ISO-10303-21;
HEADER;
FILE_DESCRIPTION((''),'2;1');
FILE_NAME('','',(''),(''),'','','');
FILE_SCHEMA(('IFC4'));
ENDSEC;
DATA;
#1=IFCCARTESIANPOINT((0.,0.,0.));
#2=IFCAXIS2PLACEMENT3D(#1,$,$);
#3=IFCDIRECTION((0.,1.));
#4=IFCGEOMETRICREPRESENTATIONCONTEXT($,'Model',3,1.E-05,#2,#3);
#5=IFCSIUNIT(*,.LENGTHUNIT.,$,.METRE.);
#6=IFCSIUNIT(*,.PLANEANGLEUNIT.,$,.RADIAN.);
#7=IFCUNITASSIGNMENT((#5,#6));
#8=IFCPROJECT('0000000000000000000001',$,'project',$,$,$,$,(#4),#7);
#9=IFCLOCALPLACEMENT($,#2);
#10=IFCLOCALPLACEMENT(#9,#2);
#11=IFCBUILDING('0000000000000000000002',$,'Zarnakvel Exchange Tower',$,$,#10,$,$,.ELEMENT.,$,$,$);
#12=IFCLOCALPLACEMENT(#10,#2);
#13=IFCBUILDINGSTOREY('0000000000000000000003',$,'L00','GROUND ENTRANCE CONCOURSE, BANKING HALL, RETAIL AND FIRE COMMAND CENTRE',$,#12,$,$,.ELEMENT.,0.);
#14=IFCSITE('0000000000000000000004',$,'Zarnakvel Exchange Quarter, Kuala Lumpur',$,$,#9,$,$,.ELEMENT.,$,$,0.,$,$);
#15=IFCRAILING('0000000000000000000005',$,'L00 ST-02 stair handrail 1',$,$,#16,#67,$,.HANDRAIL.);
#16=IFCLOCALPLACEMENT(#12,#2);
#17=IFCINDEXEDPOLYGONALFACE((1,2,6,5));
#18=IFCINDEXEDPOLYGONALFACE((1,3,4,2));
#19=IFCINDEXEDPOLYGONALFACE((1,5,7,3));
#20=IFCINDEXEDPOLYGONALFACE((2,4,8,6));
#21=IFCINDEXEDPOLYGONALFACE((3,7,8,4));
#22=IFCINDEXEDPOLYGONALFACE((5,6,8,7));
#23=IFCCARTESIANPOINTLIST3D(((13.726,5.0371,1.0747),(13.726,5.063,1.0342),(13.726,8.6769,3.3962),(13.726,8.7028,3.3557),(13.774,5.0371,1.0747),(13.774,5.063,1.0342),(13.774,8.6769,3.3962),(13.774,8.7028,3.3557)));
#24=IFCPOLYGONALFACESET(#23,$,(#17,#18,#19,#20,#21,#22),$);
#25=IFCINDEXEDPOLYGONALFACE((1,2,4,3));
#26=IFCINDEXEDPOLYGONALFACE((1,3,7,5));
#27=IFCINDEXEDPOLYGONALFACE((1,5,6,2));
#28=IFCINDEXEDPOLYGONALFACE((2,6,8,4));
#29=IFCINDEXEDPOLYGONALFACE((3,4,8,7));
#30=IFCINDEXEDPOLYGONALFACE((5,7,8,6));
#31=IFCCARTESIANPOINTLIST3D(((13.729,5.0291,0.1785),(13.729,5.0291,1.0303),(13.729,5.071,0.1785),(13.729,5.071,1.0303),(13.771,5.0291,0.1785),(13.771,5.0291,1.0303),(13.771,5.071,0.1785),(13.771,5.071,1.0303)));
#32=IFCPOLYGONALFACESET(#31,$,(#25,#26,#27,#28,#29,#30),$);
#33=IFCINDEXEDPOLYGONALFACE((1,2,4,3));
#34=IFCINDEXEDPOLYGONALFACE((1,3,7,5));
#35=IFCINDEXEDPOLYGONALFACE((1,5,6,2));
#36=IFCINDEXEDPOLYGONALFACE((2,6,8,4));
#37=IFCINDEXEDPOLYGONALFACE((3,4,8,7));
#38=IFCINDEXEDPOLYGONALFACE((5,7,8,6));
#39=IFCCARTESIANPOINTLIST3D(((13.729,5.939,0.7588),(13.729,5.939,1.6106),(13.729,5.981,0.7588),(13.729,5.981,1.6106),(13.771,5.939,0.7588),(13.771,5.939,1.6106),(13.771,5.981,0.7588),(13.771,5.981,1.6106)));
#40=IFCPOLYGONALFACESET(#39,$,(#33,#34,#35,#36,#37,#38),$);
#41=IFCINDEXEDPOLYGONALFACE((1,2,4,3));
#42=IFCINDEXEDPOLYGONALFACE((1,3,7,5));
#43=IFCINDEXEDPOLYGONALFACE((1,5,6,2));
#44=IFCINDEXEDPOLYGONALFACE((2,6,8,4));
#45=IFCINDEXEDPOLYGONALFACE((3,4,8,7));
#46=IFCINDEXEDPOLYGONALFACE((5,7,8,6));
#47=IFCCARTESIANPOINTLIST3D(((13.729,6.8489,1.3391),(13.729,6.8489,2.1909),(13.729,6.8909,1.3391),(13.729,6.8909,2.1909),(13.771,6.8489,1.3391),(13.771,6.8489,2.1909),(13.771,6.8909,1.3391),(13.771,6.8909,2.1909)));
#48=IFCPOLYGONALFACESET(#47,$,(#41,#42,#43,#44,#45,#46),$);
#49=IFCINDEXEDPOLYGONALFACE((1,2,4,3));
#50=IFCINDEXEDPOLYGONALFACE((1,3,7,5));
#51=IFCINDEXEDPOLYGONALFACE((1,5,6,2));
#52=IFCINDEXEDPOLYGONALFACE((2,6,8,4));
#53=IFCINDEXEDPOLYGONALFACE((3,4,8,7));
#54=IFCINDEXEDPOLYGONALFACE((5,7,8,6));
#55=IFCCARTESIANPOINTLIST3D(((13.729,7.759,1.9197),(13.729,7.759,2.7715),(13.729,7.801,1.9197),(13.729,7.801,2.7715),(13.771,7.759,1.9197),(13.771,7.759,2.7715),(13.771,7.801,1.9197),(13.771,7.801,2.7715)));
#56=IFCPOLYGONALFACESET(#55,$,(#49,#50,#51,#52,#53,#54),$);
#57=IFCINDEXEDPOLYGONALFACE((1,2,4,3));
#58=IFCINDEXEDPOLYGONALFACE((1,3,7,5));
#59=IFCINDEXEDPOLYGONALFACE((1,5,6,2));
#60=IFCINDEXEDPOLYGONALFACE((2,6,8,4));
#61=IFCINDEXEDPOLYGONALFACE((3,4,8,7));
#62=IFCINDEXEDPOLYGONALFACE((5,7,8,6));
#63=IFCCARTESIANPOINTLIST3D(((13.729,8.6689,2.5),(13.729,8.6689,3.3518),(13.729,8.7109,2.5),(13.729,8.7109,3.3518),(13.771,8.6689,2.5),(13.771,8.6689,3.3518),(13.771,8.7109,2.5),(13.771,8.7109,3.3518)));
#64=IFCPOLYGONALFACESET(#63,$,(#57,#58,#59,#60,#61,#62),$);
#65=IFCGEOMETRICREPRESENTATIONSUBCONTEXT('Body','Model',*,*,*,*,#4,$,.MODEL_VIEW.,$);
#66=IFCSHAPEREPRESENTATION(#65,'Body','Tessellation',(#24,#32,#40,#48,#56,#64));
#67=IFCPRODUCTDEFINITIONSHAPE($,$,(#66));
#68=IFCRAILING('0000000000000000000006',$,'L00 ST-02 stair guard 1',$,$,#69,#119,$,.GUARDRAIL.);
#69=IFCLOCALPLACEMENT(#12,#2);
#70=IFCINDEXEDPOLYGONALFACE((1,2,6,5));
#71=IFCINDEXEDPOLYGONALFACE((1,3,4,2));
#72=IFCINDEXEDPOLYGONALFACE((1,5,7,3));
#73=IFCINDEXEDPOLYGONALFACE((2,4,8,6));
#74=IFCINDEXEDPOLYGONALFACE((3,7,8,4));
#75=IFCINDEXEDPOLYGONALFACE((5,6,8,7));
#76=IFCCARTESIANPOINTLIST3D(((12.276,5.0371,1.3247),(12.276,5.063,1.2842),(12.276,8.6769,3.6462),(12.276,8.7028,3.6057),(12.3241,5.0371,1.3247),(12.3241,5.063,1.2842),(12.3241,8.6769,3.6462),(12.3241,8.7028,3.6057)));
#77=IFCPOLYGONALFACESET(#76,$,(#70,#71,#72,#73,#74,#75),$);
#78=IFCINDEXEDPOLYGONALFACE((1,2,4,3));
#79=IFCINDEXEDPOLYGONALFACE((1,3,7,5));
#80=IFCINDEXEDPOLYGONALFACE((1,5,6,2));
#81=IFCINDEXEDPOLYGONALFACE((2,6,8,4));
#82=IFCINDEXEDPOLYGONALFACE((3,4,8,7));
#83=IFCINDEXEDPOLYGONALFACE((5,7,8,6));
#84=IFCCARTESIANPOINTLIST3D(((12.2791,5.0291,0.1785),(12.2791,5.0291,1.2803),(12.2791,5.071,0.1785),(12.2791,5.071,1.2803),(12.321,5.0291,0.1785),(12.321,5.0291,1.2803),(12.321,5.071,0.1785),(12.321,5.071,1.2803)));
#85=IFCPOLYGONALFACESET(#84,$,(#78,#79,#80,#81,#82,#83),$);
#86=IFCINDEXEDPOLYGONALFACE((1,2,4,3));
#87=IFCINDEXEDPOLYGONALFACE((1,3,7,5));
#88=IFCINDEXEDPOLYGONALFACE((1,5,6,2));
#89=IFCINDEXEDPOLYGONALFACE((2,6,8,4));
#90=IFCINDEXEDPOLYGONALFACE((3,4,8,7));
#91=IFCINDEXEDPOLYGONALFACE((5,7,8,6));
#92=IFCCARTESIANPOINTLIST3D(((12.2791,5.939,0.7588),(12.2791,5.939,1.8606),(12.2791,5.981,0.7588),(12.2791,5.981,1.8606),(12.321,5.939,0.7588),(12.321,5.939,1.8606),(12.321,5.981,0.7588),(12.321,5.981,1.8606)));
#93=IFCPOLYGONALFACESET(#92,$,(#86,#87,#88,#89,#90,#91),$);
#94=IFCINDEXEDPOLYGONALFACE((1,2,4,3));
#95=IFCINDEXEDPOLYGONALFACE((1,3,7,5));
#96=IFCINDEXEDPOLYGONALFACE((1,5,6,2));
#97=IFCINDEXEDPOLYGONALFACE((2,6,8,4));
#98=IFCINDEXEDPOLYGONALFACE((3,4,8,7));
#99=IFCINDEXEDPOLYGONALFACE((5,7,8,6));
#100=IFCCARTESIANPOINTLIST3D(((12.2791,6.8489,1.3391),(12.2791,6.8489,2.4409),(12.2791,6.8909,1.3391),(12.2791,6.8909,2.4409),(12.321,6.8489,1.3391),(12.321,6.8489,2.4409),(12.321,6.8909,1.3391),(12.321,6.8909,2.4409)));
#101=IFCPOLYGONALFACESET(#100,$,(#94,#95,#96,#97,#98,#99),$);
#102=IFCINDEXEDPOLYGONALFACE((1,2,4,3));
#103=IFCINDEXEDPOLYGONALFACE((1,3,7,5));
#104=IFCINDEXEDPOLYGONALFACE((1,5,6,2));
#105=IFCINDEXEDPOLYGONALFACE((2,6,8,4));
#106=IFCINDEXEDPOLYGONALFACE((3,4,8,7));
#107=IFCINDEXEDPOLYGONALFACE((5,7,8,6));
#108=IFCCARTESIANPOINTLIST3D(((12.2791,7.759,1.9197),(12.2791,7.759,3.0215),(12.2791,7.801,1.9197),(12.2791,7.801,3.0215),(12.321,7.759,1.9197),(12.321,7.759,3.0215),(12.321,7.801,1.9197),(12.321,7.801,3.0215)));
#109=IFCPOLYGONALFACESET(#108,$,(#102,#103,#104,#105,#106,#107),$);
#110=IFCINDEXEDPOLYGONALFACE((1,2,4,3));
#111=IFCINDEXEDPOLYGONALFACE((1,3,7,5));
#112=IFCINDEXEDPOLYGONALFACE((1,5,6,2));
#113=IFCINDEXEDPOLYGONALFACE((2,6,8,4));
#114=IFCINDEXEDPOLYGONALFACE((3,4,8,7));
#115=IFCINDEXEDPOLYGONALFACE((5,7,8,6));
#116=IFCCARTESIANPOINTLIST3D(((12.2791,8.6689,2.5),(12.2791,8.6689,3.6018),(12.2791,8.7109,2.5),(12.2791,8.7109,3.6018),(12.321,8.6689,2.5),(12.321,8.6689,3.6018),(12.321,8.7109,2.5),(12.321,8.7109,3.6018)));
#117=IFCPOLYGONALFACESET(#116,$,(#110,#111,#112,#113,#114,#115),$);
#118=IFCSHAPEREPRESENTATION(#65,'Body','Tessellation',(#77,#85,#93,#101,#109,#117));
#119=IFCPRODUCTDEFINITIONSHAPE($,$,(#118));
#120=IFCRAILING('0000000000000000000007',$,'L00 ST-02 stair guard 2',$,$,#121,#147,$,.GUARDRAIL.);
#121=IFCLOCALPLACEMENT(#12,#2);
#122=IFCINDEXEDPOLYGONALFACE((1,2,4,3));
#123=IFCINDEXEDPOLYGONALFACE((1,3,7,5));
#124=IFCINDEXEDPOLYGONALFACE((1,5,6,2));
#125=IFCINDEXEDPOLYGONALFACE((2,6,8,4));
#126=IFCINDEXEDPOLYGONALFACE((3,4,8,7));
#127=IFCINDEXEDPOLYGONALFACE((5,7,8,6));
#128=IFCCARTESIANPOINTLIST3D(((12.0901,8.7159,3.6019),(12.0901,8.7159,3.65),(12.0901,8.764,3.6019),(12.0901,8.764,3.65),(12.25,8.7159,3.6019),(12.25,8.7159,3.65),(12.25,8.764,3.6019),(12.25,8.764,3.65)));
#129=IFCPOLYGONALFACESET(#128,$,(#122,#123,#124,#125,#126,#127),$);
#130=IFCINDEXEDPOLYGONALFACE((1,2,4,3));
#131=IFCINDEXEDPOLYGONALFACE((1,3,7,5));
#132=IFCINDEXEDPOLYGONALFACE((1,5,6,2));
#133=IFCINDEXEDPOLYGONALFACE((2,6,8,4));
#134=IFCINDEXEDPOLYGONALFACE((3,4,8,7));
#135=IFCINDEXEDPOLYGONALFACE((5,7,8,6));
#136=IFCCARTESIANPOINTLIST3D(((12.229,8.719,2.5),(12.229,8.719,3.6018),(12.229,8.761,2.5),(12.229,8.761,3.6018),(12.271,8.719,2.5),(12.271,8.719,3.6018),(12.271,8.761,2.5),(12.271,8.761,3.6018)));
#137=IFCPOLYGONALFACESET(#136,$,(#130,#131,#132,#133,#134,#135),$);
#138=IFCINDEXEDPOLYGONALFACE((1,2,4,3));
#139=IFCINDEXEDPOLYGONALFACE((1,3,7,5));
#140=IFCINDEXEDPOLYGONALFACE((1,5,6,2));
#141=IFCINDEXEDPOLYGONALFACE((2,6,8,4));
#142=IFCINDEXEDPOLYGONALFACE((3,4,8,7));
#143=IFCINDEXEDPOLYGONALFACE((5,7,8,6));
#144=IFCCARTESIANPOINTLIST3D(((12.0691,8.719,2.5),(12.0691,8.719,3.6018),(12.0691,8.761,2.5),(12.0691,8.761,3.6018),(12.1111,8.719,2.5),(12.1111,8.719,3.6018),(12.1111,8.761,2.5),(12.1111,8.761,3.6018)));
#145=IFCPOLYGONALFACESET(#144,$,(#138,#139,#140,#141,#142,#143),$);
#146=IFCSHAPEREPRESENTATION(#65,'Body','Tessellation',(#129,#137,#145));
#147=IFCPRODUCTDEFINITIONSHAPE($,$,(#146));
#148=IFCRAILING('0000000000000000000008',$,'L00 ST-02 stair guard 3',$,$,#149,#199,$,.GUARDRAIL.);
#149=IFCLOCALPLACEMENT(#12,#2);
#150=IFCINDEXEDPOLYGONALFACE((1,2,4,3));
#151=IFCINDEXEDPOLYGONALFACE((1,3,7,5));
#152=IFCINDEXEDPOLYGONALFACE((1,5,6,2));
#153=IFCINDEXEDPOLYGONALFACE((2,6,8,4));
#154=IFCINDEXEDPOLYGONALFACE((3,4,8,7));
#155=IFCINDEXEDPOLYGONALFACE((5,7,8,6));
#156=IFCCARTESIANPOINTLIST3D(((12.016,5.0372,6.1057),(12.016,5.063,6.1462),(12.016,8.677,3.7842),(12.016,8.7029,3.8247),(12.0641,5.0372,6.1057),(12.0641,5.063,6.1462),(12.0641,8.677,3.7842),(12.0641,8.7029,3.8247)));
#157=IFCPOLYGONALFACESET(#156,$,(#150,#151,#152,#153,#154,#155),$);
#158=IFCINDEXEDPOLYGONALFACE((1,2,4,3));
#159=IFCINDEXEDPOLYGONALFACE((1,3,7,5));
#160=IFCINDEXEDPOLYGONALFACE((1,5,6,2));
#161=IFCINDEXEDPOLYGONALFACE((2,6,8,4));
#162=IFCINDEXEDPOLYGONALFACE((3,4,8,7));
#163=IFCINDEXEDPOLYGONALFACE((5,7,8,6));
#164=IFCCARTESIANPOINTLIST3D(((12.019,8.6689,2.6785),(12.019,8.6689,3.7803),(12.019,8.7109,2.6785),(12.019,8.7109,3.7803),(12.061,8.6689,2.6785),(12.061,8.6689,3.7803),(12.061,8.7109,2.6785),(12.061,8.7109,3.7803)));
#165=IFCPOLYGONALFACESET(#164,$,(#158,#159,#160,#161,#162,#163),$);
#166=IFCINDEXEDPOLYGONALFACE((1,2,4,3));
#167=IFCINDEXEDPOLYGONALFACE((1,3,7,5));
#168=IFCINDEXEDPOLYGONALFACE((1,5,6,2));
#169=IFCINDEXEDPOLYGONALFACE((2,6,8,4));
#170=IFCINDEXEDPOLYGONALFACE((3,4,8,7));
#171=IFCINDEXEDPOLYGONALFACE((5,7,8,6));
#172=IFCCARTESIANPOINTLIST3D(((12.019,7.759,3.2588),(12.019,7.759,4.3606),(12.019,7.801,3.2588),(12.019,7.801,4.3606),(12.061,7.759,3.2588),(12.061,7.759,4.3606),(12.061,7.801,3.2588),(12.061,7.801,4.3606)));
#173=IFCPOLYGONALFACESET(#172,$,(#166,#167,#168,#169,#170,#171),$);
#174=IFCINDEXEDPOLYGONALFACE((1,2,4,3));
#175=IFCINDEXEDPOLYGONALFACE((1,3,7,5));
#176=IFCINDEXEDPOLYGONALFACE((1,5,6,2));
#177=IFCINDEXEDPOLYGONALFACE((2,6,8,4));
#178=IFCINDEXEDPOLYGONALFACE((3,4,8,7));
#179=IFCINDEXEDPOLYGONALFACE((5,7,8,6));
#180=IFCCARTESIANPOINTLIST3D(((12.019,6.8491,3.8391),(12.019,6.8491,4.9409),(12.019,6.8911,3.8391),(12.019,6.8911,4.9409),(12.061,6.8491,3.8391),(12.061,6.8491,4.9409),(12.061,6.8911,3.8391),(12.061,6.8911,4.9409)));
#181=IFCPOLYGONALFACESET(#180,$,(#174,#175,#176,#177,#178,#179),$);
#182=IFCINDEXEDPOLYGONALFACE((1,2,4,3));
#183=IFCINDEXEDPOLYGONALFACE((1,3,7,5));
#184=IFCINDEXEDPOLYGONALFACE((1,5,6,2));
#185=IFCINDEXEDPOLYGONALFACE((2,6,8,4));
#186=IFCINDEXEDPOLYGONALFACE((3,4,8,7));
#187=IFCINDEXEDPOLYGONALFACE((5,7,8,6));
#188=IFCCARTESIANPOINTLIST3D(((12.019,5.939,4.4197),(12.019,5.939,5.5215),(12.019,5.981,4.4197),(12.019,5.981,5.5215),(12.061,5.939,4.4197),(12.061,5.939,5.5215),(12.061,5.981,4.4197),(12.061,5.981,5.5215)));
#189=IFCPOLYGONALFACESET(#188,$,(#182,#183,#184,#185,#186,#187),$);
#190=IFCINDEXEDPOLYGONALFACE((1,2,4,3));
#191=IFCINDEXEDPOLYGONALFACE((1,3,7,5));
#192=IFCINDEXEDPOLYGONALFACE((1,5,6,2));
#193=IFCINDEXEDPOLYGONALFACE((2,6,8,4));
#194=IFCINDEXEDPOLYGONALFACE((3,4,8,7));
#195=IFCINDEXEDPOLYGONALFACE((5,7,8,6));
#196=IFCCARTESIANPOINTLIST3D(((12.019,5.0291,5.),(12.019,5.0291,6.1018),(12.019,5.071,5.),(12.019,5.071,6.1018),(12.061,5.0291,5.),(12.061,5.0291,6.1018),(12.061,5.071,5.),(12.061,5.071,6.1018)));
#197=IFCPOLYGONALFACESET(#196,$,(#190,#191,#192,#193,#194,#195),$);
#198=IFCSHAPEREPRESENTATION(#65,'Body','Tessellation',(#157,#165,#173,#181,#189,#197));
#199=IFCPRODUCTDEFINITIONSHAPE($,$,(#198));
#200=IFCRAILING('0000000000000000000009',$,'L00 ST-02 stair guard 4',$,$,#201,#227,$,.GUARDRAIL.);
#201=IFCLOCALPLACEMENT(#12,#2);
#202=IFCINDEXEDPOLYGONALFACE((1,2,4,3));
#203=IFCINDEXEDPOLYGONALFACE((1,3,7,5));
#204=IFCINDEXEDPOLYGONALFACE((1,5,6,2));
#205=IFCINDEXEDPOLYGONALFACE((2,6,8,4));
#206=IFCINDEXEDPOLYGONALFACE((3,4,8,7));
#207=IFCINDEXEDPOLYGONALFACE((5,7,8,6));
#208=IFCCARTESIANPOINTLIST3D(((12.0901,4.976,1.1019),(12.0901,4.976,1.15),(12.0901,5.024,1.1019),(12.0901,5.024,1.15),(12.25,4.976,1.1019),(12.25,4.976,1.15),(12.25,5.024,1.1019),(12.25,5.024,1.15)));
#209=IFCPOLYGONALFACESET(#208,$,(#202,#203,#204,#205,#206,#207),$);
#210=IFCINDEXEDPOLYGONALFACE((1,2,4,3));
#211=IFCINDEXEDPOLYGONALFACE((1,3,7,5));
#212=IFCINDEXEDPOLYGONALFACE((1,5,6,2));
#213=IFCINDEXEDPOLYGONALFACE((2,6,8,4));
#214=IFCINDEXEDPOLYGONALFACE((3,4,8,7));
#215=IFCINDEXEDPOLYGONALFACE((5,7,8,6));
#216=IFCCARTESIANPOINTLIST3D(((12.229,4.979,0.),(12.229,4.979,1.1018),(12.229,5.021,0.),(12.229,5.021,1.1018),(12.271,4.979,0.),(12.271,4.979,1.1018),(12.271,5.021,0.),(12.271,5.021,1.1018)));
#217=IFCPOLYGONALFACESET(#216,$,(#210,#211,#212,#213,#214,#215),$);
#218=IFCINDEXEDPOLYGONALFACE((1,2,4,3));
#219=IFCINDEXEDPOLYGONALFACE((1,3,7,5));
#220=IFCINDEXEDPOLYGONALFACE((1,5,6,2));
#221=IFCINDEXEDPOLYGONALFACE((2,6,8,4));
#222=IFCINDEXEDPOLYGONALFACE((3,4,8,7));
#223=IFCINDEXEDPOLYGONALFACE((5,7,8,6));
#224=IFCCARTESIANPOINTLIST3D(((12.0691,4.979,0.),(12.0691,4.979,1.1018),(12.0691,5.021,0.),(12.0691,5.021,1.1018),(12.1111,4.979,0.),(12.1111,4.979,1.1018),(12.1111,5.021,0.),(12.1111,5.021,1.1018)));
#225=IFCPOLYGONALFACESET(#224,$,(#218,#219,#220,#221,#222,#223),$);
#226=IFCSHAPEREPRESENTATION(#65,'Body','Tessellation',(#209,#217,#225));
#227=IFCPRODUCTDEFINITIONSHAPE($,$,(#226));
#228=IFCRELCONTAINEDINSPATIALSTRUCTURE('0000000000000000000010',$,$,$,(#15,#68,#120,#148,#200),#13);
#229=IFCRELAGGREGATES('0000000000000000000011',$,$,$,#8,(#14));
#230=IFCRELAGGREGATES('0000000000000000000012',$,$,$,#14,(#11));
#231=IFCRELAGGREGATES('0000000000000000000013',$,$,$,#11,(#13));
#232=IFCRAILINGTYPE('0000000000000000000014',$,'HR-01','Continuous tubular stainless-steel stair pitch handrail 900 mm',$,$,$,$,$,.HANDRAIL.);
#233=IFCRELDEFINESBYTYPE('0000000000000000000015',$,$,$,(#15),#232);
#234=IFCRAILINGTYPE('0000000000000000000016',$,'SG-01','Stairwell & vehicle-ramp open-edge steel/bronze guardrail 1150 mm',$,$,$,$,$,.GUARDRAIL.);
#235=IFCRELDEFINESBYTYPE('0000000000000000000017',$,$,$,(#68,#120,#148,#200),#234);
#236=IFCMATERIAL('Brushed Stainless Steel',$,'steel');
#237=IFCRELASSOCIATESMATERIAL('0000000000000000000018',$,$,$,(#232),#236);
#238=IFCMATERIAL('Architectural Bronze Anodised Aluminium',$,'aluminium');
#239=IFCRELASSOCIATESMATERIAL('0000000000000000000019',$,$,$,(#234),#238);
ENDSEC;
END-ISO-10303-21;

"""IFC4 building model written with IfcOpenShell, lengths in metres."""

from ifc_helpers import new_model, si_unit, direction, frame, origin, origin_2d, place, context, subcontext, project, spatial, rectangle, extrude, material, type_object, element, save


model = new_model("IFC4")

# Units and contexts
model_context = context("Model", 3, precision=1e-05, world=origin(), true_north=direction((0.0, 1.0)))
body_context = subcontext(model_context, "Body", "Model", "MODEL_VIEW")
ifc_project = project(units=[si_unit("LENGTHUNIT", "METRE"), si_unit("PLANEANGLEUNIT", "RADIAN")], contexts=[model_context])

# Site, building, storey
site_placement = place(None, origin())
site = spatial("IfcSite", under=ifc_project, at=site_placement, Name="Zarnakvel Exchange Quarter, Kuala Lumpur", CompositionType="ELEMENT", RefElevation=0.0)
building_placement = place(site_placement, origin())
building = spatial("IfcBuilding", under=site, at=building_placement, Name="Zarnakvel Exchange Tower", CompositionType="ELEMENT")
storey_placement = place(building_placement, origin())
storey = spatial("IfcBuildingStorey", under=building, at=storey_placement, Name="L00", Description="GROUND ENTRANCE CONCOURSE, BANKING HALL, RETAIL AND FIRE COMMAND CENTRE", CompositionType="ELEMENT", Elevation=0.0)

# Shared definitions
ifc_material_1 = material(Name="Architectural Bronze Anodised Aluminium", Category="aluminium")

# Railings
ifc_material_2 = material(Name="Brushed Stainless Steel", Category="steel")
railing_type_1 = type_object("IfcRailingType", Name="HR-01", Description="Continuous tubular stainless-steel stair pitch handrail 900 mm", PredefinedType="HANDRAIL", material=ifc_material_2)
railing_1_placement = place(storey_placement, frame((13.75, 5.05, 0.1785)))
element("IfcRailing", 1, at=railing_1_placement, inside=storey, type_object=railing_type_1, Name="L00 ST-02 stair handrail 1", PredefinedType="HANDRAIL", context=body_context, shape_type="SweptSolid", body=[
    extrude(rectangle(XDim=0.0481, YDim=0.0481, at=origin_2d()), frame((0.0, 0.0, 0.876), z_axis=(0.0, 0.843112, 0.537739), x_axis=(-1.0, 0.0, 0.0)), (0.0, 0.0, 1.0), 4.3171),
    extrude(rectangle(XDim=0.042, YDim=0.042, at=origin_2d()), origin(), (0.0, 0.0, 1.0), 0.8518),
    extrude(rectangle(XDim=0.042, YDim=0.042, at=origin_2d()), frame((0.0, 0.9099, 0.5803)), (0.0, 0.0, 1.0), 0.8518),
    extrude(rectangle(XDim=0.042, YDim=0.042, at=origin_2d()), frame((0.0, 1.8198, 1.1606)), (0.0, 0.0, 1.0), 0.8518),
    extrude(rectangle(XDim=0.042, YDim=0.042, at=origin_2d()), frame((0.0, 2.73, 1.7412)), (0.0, 0.0, 1.0), 0.8518),
    extrude(rectangle(XDim=0.042, YDim=0.042, at=origin_2d()), frame((0.0, 3.6399, 2.3215)), (0.0, 0.0, 1.0), 0.8518),
])
railing_type_2 = type_object("IfcRailingType", Name="SG-01", Description="Stairwell & vehicle-ramp open-edge steel/bronze guardrail 1150 mm", PredefinedType="GUARDRAIL", material=ifc_material_1)
railing_2_placement = place(storey_placement, frame((12.3, 5.05, 0.1785)))
element("IfcRailing", 2, at=railing_2_placement, inside=storey, type_object=railing_type_2, Name="L00 ST-02 stair guard 1", PredefinedType="GUARDRAIL", context=body_context, shape_type="SweptSolid", body=[
    extrude(rectangle(XDim=0.0481, YDim=0.0481, at=origin_2d()), frame((0.0, 0.0, 1.126), z_axis=(0.0, 0.843112, 0.537739), x_axis=(-1.0, 0.0, 0.0)), (0.0, 0.0, 1.0), 4.3171),
    extrude(rectangle(XDim=0.042, YDim=0.042, at=origin_2d()), origin(), (0.0, 0.0, 1.0), 1.1018),
    extrude(rectangle(XDim=0.042, YDim=0.042, at=origin_2d()), frame((0.0, 0.9099, 0.5803)), (0.0, 0.0, 1.0), 1.1018),
    extrude(rectangle(XDim=0.042, YDim=0.042, at=origin_2d()), frame((0.0, 1.8198, 1.1606)), (0.0, 0.0, 1.0), 1.1018),
    extrude(rectangle(XDim=0.042, YDim=0.042, at=origin_2d()), frame((0.0, 2.73, 1.7412)), (0.0, 0.0, 1.0), 1.1018),
    extrude(rectangle(XDim=0.042, YDim=0.042, at=origin_2d()), frame((0.0, 3.6399, 2.3215)), (0.0, 0.0, 1.0), 1.1018),
])
railing_3_placement = place(storey_placement, frame((12.25, 8.74, 2.5)))
element("IfcRailing", 3, at=railing_3_placement, inside=storey, type_object=railing_type_2, Name="L00 ST-02 stair guard 2", PredefinedType="GUARDRAIL", context=body_context, shape_type="SweptSolid", body=[
    extrude(rectangle(XDim=0.0481, YDim=0.0481, at=origin_2d()), frame((0.0, 0.0, 1.126), z_axis=(-1.0, 0.0, 0.0), x_axis=(0.0, -1.0, 0.0)), (0.0, 0.0, 1.0), 0.1599),
    extrude(rectangle(XDim=0.042, YDim=0.042, at=origin_2d()), origin(), (0.0, 0.0, 1.0), 1.1018),
    extrude(rectangle(XDim=0.042, YDim=0.042, at=origin_2d()), frame((-0.1599, 0.0, 0.0)), (0.0, 0.0, 1.0), 1.1018),
])
railing_4_placement = place(storey_placement, frame((12.04, 8.6899, 2.6785)))
element("IfcRailing", 4, at=railing_4_placement, inside=storey, type_object=railing_type_2, Name="L00 ST-02 stair guard 3", PredefinedType="GUARDRAIL", context=body_context, shape_type="SweptSolid", body=[
    extrude(rectangle(XDim=0.0481, YDim=0.0481, at=origin_2d()), frame((0.0, 0.0, 1.126), z_axis=(0.0, -0.843112, 0.537739), x_axis=(1.0, 0.0, 0.0)), (0.0, 0.0, 1.0), 4.3171),
    extrude(rectangle(XDim=0.042, YDim=0.042, at=origin_2d()), origin(), (0.0, 0.0, 1.0), 1.1018),
    extrude(rectangle(XDim=0.042, YDim=0.042, at=origin_2d()), frame((0.0, -0.9099, 0.5803)), (0.0, 0.0, 1.0), 1.1018),
    extrude(rectangle(XDim=0.042, YDim=0.042, at=origin_2d()), frame((0.0, -1.8198, 1.1606)), (0.0, 0.0, 1.0), 1.1018),
    extrude(rectangle(XDim=0.042, YDim=0.042, at=origin_2d()), frame((0.0, -2.73, 1.7412)), (0.0, 0.0, 1.0), 1.1018),
    extrude(rectangle(XDim=0.042, YDim=0.042, at=origin_2d()), frame((0.0, -3.6399, 2.3215)), (0.0, 0.0, 1.0), 1.1018),
])
railing_5_placement = place(storey_placement, frame((12.25, 5.0, 0.0)))
element("IfcRailing", 5, at=railing_5_placement, inside=storey, type_object=railing_type_2, Name="L00 ST-02 stair guard 4", PredefinedType="GUARDRAIL", context=body_context, shape_type="SweptSolid", body=[
    extrude(rectangle(XDim=0.0481, YDim=0.0481, at=origin_2d()), frame((0.0, 0.0, 1.126), z_axis=(-1.0, 0.0, 0.0), x_axis=(0.0, -1.0, 0.0)), (0.0, 0.0, 1.0), 0.1599),
    extrude(rectangle(XDim=0.042, YDim=0.042, at=origin_2d()), origin(), (0.0, 0.0, 1.0), 1.1018),
    extrude(rectangle(XDim=0.042, YDim=0.042, at=origin_2d()), frame((-0.1599, 0.0, 0.0)), (0.0, 0.0, 1.0), 1.1018),
])

save(model, "model.ifc")
